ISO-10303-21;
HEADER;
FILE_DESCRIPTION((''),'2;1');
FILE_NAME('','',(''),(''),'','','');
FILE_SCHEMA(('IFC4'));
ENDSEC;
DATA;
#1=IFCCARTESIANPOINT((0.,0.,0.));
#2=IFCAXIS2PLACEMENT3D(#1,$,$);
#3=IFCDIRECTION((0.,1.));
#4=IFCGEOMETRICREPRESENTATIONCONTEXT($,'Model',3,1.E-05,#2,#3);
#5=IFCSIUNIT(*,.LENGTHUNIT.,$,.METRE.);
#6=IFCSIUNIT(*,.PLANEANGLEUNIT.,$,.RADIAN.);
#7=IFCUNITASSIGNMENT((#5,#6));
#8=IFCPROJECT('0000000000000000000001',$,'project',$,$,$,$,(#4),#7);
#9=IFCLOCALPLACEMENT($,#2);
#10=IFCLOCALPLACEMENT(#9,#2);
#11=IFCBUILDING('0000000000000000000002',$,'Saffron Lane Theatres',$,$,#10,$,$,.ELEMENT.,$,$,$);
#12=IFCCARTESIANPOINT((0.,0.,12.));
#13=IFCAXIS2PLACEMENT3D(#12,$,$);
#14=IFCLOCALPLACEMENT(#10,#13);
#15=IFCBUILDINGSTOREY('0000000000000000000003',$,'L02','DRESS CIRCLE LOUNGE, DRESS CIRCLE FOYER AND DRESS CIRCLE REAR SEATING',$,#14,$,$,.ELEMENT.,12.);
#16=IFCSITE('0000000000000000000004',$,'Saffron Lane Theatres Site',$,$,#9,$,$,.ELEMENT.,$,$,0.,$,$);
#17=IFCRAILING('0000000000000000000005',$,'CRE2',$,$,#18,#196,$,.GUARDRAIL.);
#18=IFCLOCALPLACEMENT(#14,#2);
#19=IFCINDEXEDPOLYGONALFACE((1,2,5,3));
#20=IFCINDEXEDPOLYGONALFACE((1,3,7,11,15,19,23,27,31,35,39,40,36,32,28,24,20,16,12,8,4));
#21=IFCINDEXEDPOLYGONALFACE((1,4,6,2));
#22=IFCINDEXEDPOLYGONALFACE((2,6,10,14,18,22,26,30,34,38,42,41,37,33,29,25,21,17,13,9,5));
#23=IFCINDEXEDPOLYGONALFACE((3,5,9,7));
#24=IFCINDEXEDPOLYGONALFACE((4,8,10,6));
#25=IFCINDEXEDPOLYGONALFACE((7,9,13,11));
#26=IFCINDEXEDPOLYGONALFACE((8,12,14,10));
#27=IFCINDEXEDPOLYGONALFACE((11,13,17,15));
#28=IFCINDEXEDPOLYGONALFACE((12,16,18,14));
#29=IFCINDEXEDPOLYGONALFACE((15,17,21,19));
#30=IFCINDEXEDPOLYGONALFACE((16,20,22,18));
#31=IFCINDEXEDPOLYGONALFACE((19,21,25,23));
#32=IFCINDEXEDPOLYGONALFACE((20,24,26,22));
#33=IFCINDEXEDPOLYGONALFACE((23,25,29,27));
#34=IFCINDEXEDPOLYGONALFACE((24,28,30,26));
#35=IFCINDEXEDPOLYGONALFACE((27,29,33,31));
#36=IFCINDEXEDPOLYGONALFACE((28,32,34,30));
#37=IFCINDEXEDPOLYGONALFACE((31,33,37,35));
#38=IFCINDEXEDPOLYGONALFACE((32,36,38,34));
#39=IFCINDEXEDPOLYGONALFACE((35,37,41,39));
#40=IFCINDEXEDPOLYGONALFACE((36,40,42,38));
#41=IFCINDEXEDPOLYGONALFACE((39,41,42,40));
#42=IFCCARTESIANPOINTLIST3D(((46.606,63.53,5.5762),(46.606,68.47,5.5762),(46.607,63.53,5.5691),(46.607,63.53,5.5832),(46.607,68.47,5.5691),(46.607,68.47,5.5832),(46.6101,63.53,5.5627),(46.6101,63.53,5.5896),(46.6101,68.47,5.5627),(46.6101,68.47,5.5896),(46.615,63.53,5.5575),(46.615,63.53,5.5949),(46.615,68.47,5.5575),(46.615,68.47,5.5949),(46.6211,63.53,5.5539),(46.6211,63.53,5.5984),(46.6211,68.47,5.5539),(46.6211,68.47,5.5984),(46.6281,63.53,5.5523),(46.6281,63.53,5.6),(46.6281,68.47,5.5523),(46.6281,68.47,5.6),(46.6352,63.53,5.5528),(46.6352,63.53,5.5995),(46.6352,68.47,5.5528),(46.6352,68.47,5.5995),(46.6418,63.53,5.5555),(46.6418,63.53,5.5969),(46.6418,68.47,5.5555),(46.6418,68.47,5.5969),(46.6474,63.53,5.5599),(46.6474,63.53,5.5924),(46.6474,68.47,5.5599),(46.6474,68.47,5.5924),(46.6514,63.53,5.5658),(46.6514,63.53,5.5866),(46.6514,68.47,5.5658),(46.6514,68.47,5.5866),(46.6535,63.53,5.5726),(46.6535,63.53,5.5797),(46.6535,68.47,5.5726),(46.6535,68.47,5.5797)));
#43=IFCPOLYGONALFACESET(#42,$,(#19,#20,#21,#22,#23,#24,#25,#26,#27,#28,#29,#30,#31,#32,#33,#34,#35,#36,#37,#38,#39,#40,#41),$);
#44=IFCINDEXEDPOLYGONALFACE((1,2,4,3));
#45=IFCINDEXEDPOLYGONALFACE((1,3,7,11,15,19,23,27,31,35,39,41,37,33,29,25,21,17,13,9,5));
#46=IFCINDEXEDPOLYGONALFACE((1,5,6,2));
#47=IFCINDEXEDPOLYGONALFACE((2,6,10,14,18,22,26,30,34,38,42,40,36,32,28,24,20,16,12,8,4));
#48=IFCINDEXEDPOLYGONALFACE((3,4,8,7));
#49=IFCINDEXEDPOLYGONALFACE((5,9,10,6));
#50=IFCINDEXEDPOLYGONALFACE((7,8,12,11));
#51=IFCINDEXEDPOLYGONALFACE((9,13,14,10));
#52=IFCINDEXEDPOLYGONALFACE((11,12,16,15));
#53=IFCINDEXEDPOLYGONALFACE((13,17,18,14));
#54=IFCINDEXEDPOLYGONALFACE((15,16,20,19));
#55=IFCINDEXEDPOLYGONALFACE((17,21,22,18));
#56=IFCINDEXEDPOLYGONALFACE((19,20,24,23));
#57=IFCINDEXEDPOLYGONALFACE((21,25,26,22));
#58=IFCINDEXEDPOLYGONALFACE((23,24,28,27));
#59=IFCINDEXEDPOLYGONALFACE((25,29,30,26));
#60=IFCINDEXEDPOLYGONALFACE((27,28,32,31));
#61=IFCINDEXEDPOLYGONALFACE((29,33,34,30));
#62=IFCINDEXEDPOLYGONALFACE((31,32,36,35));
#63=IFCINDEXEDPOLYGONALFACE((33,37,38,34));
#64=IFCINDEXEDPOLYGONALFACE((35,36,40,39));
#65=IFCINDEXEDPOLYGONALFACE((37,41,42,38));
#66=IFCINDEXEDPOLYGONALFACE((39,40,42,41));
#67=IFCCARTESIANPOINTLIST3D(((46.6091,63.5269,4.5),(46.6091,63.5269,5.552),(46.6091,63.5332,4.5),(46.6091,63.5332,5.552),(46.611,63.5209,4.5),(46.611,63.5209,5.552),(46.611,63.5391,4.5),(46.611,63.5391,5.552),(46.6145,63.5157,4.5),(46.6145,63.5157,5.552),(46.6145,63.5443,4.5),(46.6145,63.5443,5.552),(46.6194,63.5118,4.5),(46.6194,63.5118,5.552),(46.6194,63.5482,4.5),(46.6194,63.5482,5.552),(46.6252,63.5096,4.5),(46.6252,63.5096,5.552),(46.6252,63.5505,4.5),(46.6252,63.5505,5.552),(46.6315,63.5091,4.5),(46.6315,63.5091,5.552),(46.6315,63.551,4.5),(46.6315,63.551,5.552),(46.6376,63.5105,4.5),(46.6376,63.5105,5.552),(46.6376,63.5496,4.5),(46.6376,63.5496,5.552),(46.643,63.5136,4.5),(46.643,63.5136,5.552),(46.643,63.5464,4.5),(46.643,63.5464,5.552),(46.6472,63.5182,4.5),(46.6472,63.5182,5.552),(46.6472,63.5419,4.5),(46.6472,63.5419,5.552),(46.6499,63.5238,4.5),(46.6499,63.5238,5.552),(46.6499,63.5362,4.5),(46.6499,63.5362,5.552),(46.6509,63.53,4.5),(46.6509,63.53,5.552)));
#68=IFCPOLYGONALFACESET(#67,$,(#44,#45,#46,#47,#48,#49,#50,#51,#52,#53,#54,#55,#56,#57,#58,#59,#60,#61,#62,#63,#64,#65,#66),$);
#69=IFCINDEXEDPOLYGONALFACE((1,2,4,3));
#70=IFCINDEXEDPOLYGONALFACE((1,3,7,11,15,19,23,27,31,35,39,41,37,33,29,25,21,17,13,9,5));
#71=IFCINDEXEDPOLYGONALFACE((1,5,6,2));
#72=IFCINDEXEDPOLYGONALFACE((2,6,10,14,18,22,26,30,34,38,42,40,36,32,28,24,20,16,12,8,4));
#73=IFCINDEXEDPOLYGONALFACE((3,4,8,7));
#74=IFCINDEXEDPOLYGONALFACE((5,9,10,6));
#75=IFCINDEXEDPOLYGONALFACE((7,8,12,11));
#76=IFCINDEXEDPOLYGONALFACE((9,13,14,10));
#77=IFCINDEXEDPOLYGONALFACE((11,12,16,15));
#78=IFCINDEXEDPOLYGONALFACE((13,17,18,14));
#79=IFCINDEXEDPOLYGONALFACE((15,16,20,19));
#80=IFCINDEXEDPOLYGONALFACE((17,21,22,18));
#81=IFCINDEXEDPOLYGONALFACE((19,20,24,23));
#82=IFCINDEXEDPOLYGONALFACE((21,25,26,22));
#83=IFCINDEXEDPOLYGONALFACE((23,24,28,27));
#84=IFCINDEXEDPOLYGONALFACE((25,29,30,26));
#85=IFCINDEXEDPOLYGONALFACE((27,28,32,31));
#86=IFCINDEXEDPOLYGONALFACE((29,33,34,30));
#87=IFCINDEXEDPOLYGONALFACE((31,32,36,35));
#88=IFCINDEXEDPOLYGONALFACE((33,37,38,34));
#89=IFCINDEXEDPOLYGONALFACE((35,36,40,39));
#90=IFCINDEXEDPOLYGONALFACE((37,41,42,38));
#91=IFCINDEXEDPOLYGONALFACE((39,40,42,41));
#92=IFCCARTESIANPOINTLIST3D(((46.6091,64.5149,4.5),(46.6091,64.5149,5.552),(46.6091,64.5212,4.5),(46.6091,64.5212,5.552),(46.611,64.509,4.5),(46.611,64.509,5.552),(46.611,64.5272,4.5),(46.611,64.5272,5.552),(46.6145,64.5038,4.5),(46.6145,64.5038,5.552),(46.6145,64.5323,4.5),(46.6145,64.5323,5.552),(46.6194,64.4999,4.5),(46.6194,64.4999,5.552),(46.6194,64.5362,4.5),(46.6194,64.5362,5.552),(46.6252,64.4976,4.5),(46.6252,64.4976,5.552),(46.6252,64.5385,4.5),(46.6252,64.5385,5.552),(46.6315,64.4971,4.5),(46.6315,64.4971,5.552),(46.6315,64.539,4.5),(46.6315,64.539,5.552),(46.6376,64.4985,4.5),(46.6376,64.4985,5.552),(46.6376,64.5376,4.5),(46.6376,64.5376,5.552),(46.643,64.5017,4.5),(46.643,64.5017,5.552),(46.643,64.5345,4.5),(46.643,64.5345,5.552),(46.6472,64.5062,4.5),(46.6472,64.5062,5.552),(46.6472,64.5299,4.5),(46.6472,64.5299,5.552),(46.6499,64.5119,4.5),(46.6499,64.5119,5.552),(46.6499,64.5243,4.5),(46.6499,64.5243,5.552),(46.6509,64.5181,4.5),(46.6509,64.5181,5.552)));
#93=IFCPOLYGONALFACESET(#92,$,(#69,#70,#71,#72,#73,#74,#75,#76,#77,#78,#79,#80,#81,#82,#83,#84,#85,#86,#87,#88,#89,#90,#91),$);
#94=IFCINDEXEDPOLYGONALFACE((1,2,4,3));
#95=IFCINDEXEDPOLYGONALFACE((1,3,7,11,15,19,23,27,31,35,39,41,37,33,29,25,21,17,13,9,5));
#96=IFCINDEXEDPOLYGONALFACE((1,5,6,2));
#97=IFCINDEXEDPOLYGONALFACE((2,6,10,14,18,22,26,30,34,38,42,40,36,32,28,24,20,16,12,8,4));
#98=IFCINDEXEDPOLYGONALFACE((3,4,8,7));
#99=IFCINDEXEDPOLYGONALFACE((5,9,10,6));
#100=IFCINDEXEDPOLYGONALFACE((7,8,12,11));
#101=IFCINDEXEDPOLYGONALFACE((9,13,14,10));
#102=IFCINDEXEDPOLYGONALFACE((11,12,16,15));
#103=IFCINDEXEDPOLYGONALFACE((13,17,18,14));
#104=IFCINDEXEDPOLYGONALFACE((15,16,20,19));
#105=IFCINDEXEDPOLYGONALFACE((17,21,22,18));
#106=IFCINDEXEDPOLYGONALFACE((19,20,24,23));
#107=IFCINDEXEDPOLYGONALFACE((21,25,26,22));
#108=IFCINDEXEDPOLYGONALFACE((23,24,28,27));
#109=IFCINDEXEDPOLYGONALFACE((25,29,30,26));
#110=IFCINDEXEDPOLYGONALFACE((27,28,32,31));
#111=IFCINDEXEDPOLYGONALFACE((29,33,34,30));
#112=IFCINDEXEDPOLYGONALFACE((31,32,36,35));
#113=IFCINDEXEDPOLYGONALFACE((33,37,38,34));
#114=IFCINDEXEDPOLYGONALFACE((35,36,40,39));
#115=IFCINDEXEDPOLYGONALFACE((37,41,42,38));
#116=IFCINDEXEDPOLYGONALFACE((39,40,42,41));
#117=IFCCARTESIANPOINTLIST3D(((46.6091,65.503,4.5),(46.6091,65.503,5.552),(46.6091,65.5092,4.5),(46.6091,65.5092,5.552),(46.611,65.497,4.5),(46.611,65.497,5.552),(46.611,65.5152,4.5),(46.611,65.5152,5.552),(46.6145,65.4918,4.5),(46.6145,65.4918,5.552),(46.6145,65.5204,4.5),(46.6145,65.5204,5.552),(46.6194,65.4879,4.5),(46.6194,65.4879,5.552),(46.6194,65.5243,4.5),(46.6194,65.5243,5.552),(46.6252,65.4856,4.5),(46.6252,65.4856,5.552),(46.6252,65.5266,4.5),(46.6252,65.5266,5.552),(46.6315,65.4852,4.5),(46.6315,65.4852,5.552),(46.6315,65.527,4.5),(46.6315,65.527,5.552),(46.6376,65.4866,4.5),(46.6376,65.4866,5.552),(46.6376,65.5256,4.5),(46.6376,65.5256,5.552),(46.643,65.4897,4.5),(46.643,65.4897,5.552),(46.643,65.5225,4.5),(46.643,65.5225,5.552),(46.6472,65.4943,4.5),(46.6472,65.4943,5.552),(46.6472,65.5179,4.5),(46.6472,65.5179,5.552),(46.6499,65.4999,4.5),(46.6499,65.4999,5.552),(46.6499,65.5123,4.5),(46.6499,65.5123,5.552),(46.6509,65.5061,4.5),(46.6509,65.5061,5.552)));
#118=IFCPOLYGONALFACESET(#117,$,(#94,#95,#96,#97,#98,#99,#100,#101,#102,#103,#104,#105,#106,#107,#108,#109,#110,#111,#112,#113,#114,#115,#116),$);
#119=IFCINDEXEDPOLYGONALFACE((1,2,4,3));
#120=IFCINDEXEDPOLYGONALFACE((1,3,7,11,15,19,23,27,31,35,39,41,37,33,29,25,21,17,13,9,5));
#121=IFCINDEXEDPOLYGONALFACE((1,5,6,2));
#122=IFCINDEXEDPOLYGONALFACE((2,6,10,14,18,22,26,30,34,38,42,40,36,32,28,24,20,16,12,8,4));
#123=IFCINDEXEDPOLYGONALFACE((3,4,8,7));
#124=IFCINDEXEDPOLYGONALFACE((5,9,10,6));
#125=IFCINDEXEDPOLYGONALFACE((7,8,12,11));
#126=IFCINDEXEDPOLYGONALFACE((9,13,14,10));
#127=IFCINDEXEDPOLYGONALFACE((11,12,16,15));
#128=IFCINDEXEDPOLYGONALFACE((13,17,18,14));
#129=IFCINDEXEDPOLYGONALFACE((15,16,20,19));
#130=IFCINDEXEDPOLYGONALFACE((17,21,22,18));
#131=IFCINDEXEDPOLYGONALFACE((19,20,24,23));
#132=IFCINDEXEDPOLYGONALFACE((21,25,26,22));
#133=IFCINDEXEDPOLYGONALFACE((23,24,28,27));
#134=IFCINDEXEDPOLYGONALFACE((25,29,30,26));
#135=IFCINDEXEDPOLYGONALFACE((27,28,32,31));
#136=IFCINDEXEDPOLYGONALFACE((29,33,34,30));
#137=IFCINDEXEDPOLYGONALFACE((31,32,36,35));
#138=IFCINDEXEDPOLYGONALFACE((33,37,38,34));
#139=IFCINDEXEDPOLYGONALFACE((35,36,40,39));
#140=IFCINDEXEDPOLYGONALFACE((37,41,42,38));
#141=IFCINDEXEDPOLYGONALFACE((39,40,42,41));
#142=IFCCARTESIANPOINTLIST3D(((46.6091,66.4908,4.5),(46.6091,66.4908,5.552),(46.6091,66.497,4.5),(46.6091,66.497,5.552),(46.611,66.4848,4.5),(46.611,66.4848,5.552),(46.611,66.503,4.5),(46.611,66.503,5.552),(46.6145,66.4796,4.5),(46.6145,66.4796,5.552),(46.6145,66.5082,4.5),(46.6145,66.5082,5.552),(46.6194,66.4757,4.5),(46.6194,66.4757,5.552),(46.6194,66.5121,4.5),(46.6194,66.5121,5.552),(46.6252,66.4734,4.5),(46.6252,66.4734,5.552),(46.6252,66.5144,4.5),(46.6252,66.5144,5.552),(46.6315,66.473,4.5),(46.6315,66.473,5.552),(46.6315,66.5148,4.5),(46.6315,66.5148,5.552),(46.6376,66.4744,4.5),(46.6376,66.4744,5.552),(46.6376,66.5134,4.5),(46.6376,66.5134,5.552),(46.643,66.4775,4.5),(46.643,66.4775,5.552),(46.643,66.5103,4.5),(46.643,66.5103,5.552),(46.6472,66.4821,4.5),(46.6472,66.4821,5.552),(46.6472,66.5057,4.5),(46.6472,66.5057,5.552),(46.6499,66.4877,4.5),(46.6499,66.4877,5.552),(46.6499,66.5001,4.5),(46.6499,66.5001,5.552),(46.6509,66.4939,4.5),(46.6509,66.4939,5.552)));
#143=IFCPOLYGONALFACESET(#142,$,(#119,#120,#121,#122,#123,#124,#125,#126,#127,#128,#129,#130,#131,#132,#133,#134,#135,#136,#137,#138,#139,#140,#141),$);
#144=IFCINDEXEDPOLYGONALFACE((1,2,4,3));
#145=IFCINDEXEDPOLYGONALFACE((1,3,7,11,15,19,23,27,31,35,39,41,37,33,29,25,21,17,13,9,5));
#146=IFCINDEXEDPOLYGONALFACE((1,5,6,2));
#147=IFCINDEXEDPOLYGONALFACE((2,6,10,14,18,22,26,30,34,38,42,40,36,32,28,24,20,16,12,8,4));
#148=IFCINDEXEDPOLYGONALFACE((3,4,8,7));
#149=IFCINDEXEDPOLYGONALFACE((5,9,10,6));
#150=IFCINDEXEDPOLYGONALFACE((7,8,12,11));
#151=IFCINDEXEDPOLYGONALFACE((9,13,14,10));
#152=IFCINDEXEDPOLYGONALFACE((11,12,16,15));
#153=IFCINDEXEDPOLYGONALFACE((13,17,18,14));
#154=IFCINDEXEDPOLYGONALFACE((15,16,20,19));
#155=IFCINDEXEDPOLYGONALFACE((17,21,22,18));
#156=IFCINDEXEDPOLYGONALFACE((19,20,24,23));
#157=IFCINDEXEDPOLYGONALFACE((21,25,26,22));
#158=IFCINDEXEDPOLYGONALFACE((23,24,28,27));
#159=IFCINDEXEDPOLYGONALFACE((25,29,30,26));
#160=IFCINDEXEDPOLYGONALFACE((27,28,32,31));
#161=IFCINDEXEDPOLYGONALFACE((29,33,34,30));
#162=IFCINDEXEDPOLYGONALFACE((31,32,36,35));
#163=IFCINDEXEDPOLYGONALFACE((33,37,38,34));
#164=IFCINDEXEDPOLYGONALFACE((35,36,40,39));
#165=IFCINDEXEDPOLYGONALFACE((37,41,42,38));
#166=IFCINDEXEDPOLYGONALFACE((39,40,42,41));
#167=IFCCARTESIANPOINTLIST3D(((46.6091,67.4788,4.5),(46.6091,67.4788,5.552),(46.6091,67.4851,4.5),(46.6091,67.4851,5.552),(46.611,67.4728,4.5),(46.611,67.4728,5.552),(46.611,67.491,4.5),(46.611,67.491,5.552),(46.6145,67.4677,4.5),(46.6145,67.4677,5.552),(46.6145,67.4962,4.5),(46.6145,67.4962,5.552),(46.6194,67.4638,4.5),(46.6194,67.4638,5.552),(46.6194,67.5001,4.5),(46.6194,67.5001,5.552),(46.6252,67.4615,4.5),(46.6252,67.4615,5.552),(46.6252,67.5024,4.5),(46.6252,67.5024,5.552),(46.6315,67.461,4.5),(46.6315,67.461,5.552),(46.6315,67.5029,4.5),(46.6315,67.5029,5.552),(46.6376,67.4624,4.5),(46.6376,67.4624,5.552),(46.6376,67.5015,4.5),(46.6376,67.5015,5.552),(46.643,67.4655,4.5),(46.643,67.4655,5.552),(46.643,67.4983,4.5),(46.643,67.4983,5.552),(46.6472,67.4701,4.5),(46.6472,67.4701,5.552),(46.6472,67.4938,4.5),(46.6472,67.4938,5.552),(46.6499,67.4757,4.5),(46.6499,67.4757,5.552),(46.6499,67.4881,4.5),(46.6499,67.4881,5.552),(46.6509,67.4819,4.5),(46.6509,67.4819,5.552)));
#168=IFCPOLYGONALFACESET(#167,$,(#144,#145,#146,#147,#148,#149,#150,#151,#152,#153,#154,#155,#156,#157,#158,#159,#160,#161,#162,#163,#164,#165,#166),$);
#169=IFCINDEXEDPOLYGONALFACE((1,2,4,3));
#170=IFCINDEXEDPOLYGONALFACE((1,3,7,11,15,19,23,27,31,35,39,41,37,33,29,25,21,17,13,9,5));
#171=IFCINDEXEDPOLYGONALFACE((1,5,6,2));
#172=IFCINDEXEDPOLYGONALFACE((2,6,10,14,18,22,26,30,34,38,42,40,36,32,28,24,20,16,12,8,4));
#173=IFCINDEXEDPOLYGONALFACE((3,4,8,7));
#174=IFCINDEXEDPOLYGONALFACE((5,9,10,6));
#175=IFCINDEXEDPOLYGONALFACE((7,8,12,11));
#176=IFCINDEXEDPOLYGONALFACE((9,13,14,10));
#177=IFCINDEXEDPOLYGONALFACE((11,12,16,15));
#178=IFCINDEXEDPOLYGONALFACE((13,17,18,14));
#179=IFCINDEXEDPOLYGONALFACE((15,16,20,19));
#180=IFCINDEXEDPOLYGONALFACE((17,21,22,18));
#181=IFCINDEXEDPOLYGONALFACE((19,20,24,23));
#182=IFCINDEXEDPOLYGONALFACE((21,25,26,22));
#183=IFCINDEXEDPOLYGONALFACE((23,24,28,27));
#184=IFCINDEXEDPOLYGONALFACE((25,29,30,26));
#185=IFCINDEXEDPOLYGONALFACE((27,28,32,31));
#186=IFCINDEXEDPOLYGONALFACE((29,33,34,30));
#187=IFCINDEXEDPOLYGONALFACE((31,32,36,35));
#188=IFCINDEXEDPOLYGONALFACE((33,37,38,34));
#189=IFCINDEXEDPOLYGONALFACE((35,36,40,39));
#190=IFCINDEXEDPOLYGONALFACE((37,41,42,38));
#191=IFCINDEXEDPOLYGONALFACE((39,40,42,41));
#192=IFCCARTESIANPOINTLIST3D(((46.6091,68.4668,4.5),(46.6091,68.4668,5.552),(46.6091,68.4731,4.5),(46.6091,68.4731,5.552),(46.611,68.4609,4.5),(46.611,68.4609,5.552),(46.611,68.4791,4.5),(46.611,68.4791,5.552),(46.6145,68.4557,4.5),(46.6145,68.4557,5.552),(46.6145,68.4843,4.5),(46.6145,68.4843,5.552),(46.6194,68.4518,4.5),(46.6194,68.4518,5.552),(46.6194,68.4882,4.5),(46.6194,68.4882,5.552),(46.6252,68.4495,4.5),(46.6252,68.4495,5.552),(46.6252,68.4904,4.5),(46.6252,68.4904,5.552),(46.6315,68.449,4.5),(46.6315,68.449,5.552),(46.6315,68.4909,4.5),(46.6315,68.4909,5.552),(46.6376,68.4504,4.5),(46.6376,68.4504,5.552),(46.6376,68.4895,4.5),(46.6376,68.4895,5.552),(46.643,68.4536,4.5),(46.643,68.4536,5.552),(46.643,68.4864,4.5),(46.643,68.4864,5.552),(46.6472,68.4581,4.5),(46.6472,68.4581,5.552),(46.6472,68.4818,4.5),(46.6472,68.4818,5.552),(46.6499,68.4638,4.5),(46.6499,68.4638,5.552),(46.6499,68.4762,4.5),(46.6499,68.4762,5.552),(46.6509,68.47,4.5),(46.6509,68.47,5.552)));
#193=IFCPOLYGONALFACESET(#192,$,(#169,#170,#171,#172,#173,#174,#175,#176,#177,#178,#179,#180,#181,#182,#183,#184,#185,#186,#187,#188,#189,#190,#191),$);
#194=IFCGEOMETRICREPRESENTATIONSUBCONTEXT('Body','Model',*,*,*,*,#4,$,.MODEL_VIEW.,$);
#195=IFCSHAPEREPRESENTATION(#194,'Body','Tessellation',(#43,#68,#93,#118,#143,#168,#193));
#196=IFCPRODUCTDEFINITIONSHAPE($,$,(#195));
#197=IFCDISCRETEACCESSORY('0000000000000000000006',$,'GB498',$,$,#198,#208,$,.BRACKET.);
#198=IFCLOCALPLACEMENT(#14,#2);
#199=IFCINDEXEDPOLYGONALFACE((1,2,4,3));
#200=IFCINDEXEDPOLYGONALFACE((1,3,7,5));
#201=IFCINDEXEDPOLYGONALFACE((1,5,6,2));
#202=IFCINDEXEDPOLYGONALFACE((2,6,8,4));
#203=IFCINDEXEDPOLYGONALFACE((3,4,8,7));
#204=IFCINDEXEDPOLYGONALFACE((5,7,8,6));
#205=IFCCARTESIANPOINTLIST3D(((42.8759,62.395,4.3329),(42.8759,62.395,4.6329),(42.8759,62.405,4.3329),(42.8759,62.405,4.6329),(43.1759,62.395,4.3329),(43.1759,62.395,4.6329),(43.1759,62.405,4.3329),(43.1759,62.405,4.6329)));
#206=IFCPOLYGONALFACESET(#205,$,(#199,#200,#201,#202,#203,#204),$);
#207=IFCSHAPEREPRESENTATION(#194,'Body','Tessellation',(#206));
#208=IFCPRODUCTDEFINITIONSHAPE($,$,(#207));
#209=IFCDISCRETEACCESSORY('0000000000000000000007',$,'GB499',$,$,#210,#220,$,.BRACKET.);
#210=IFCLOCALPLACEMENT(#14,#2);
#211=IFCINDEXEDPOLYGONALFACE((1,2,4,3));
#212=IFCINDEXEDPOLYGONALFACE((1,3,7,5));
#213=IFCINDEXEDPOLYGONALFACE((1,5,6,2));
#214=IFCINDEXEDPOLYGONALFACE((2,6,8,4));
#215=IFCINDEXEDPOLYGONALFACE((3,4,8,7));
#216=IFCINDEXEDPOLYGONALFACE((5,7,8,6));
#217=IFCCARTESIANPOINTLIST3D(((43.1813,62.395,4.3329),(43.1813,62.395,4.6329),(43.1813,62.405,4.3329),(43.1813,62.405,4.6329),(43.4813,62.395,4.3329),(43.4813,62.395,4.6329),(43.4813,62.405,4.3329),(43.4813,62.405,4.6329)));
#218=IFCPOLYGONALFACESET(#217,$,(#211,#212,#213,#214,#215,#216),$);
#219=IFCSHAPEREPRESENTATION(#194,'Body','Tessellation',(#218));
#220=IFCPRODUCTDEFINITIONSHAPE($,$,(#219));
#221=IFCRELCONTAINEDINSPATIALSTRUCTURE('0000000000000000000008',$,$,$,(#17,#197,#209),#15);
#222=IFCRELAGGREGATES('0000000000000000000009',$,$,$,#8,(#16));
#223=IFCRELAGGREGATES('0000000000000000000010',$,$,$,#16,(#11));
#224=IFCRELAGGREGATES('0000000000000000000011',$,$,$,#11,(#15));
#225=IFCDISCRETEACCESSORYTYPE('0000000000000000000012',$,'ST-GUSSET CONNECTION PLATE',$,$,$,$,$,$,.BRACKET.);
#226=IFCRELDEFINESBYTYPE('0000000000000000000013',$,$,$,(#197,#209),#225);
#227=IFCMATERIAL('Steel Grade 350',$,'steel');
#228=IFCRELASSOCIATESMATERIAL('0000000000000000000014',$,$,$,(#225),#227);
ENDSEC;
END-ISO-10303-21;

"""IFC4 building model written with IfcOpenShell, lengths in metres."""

from ifc_helpers import new_model, si_unit, direction, frame, origin, origin_2d, place, context, subcontext, project, spatial, rectangle, circle, extrude, material, material_profile, profile_set, type_object, element, save


model = new_model("IFC4")

# Units and contexts
model_context = context("Model", 3, precision=1e-05, world=origin(), true_north=direction((0.0, 1.0)))
body_context = subcontext(model_context, "Body", "Model", "MODEL_VIEW")
ifc_project = project(units=[si_unit("LENGTHUNIT", "METRE"), si_unit("PLANEANGLEUNIT", "RADIAN")], contexts=[model_context])

# Site, building, storey
site_placement = place(None, origin())
site = spatial("IfcSite", under=ifc_project, at=site_placement, Name="Saffron Lane Theatres Site", CompositionType="ELEMENT", RefElevation=0.0)
building_placement = place(site_placement, origin())
building = spatial("IfcBuilding", under=site, at=building_placement, Name="Saffron Lane Theatres", CompositionType="ELEMENT")
storey_placement = place(building_placement, frame((0.0, 0.0, 12.0)))
storey = spatial("IfcBuildingStorey", under=building, at=storey_placement, Name="L02", Description="DRESS CIRCLE LOUNGE, DRESS CIRCLE FOYER AND DRESS CIRCLE REAR SEATING", CompositionType="ELEMENT", Elevation=12.0)

# Railing
railing_placement = place(storey_placement, frame((46.6299, 63.53, 4.5)))
element("IfcRailing", 1, at=railing_placement, inside=storey, Name="CRE2", PredefinedType="GUARDRAIL", context=body_context, shape_type="SweptSolid", body=[
    extrude(circle(Radius=0.0239, at=origin_2d()), frame((0.0, 0.0, 1.0762), z_axis=(0.0, 1.0, 0.0), x_axis=(-1.0, 0.0, 0.0)), (0.0, 0.0, 1.0), 4.9399),
    extrude(circle(Radius=0.021, at=origin_2d()), origin(), (0.0, 0.0, 1.0), 1.052),
    extrude(circle(Radius=0.021, at=origin_2d()), frame((0.0, 0.988, 0.0)), (0.0, 0.0, 1.0), 1.052),
    extrude(circle(Radius=0.021, at=origin_2d()), frame((0.0, 1.9761, 0.0)), (0.0, 0.0, 1.0), 1.052),
    extrude(circle(Radius=0.021, at=origin_2d()), frame((0.0, 2.9639, 0.0)), (0.0, 0.0, 1.0), 1.052),
    extrude(circle(Radius=0.021, at=origin_2d()), frame((0.0, 3.9519, 0.0)), (0.0, 0.0, 1.0), 1.052),
    extrude(circle(Radius=0.021, at=origin_2d()), frame((0.0, 4.9399, 0.0)), (0.0, 0.0, 1.0), 1.052),
])

# Discrete accessories
ifc_material_1 = material(Name="Steel Grade 350", Category="steel")
ifc_material_profile_1 = material_profile(ifc_material_1, rectangle(XDim=0.3, YDim=0.3, at=origin_2d()))
ifc_profile_set_1 = profile_set([ifc_material_profile_1], Name="Steel Grade 350")
discrete_accessory_type_1 = type_object("IfcDiscreteAccessoryType", Name="ST-GUSSET CONNECTION PLATE", PredefinedType="BRACKET", material=ifc_profile_set_1)
for number, where, z_axis, x_axis, name in (
    (2, (43.0259, 62.395, 4.4829), (0.0, 1.0, 0.0), (-1.0, 0.0, 0.0), "GB498"),
    (3, (43.3313, 62.395, 4.4829), (0.0, 1.0, 0.0), (-1.0, 0.0, 0.0), "GB499"),
):
    element("IfcDiscreteAccessory", number, at=place(storey_placement, frame(where, z_axis=z_axis, x_axis=x_axis)), inside=storey, type_object=discrete_accessory_type_1, Name=name, PredefinedType="BRACKET", context=body_context, shape_type="SweptSolid", body=[
        extrude(rectangle(XDim=0.3, YDim=0.3, at=origin_2d()), origin(), (0.0, 0.0, 1.0), 0.01),
    ])

save(model, "model.ifc")
